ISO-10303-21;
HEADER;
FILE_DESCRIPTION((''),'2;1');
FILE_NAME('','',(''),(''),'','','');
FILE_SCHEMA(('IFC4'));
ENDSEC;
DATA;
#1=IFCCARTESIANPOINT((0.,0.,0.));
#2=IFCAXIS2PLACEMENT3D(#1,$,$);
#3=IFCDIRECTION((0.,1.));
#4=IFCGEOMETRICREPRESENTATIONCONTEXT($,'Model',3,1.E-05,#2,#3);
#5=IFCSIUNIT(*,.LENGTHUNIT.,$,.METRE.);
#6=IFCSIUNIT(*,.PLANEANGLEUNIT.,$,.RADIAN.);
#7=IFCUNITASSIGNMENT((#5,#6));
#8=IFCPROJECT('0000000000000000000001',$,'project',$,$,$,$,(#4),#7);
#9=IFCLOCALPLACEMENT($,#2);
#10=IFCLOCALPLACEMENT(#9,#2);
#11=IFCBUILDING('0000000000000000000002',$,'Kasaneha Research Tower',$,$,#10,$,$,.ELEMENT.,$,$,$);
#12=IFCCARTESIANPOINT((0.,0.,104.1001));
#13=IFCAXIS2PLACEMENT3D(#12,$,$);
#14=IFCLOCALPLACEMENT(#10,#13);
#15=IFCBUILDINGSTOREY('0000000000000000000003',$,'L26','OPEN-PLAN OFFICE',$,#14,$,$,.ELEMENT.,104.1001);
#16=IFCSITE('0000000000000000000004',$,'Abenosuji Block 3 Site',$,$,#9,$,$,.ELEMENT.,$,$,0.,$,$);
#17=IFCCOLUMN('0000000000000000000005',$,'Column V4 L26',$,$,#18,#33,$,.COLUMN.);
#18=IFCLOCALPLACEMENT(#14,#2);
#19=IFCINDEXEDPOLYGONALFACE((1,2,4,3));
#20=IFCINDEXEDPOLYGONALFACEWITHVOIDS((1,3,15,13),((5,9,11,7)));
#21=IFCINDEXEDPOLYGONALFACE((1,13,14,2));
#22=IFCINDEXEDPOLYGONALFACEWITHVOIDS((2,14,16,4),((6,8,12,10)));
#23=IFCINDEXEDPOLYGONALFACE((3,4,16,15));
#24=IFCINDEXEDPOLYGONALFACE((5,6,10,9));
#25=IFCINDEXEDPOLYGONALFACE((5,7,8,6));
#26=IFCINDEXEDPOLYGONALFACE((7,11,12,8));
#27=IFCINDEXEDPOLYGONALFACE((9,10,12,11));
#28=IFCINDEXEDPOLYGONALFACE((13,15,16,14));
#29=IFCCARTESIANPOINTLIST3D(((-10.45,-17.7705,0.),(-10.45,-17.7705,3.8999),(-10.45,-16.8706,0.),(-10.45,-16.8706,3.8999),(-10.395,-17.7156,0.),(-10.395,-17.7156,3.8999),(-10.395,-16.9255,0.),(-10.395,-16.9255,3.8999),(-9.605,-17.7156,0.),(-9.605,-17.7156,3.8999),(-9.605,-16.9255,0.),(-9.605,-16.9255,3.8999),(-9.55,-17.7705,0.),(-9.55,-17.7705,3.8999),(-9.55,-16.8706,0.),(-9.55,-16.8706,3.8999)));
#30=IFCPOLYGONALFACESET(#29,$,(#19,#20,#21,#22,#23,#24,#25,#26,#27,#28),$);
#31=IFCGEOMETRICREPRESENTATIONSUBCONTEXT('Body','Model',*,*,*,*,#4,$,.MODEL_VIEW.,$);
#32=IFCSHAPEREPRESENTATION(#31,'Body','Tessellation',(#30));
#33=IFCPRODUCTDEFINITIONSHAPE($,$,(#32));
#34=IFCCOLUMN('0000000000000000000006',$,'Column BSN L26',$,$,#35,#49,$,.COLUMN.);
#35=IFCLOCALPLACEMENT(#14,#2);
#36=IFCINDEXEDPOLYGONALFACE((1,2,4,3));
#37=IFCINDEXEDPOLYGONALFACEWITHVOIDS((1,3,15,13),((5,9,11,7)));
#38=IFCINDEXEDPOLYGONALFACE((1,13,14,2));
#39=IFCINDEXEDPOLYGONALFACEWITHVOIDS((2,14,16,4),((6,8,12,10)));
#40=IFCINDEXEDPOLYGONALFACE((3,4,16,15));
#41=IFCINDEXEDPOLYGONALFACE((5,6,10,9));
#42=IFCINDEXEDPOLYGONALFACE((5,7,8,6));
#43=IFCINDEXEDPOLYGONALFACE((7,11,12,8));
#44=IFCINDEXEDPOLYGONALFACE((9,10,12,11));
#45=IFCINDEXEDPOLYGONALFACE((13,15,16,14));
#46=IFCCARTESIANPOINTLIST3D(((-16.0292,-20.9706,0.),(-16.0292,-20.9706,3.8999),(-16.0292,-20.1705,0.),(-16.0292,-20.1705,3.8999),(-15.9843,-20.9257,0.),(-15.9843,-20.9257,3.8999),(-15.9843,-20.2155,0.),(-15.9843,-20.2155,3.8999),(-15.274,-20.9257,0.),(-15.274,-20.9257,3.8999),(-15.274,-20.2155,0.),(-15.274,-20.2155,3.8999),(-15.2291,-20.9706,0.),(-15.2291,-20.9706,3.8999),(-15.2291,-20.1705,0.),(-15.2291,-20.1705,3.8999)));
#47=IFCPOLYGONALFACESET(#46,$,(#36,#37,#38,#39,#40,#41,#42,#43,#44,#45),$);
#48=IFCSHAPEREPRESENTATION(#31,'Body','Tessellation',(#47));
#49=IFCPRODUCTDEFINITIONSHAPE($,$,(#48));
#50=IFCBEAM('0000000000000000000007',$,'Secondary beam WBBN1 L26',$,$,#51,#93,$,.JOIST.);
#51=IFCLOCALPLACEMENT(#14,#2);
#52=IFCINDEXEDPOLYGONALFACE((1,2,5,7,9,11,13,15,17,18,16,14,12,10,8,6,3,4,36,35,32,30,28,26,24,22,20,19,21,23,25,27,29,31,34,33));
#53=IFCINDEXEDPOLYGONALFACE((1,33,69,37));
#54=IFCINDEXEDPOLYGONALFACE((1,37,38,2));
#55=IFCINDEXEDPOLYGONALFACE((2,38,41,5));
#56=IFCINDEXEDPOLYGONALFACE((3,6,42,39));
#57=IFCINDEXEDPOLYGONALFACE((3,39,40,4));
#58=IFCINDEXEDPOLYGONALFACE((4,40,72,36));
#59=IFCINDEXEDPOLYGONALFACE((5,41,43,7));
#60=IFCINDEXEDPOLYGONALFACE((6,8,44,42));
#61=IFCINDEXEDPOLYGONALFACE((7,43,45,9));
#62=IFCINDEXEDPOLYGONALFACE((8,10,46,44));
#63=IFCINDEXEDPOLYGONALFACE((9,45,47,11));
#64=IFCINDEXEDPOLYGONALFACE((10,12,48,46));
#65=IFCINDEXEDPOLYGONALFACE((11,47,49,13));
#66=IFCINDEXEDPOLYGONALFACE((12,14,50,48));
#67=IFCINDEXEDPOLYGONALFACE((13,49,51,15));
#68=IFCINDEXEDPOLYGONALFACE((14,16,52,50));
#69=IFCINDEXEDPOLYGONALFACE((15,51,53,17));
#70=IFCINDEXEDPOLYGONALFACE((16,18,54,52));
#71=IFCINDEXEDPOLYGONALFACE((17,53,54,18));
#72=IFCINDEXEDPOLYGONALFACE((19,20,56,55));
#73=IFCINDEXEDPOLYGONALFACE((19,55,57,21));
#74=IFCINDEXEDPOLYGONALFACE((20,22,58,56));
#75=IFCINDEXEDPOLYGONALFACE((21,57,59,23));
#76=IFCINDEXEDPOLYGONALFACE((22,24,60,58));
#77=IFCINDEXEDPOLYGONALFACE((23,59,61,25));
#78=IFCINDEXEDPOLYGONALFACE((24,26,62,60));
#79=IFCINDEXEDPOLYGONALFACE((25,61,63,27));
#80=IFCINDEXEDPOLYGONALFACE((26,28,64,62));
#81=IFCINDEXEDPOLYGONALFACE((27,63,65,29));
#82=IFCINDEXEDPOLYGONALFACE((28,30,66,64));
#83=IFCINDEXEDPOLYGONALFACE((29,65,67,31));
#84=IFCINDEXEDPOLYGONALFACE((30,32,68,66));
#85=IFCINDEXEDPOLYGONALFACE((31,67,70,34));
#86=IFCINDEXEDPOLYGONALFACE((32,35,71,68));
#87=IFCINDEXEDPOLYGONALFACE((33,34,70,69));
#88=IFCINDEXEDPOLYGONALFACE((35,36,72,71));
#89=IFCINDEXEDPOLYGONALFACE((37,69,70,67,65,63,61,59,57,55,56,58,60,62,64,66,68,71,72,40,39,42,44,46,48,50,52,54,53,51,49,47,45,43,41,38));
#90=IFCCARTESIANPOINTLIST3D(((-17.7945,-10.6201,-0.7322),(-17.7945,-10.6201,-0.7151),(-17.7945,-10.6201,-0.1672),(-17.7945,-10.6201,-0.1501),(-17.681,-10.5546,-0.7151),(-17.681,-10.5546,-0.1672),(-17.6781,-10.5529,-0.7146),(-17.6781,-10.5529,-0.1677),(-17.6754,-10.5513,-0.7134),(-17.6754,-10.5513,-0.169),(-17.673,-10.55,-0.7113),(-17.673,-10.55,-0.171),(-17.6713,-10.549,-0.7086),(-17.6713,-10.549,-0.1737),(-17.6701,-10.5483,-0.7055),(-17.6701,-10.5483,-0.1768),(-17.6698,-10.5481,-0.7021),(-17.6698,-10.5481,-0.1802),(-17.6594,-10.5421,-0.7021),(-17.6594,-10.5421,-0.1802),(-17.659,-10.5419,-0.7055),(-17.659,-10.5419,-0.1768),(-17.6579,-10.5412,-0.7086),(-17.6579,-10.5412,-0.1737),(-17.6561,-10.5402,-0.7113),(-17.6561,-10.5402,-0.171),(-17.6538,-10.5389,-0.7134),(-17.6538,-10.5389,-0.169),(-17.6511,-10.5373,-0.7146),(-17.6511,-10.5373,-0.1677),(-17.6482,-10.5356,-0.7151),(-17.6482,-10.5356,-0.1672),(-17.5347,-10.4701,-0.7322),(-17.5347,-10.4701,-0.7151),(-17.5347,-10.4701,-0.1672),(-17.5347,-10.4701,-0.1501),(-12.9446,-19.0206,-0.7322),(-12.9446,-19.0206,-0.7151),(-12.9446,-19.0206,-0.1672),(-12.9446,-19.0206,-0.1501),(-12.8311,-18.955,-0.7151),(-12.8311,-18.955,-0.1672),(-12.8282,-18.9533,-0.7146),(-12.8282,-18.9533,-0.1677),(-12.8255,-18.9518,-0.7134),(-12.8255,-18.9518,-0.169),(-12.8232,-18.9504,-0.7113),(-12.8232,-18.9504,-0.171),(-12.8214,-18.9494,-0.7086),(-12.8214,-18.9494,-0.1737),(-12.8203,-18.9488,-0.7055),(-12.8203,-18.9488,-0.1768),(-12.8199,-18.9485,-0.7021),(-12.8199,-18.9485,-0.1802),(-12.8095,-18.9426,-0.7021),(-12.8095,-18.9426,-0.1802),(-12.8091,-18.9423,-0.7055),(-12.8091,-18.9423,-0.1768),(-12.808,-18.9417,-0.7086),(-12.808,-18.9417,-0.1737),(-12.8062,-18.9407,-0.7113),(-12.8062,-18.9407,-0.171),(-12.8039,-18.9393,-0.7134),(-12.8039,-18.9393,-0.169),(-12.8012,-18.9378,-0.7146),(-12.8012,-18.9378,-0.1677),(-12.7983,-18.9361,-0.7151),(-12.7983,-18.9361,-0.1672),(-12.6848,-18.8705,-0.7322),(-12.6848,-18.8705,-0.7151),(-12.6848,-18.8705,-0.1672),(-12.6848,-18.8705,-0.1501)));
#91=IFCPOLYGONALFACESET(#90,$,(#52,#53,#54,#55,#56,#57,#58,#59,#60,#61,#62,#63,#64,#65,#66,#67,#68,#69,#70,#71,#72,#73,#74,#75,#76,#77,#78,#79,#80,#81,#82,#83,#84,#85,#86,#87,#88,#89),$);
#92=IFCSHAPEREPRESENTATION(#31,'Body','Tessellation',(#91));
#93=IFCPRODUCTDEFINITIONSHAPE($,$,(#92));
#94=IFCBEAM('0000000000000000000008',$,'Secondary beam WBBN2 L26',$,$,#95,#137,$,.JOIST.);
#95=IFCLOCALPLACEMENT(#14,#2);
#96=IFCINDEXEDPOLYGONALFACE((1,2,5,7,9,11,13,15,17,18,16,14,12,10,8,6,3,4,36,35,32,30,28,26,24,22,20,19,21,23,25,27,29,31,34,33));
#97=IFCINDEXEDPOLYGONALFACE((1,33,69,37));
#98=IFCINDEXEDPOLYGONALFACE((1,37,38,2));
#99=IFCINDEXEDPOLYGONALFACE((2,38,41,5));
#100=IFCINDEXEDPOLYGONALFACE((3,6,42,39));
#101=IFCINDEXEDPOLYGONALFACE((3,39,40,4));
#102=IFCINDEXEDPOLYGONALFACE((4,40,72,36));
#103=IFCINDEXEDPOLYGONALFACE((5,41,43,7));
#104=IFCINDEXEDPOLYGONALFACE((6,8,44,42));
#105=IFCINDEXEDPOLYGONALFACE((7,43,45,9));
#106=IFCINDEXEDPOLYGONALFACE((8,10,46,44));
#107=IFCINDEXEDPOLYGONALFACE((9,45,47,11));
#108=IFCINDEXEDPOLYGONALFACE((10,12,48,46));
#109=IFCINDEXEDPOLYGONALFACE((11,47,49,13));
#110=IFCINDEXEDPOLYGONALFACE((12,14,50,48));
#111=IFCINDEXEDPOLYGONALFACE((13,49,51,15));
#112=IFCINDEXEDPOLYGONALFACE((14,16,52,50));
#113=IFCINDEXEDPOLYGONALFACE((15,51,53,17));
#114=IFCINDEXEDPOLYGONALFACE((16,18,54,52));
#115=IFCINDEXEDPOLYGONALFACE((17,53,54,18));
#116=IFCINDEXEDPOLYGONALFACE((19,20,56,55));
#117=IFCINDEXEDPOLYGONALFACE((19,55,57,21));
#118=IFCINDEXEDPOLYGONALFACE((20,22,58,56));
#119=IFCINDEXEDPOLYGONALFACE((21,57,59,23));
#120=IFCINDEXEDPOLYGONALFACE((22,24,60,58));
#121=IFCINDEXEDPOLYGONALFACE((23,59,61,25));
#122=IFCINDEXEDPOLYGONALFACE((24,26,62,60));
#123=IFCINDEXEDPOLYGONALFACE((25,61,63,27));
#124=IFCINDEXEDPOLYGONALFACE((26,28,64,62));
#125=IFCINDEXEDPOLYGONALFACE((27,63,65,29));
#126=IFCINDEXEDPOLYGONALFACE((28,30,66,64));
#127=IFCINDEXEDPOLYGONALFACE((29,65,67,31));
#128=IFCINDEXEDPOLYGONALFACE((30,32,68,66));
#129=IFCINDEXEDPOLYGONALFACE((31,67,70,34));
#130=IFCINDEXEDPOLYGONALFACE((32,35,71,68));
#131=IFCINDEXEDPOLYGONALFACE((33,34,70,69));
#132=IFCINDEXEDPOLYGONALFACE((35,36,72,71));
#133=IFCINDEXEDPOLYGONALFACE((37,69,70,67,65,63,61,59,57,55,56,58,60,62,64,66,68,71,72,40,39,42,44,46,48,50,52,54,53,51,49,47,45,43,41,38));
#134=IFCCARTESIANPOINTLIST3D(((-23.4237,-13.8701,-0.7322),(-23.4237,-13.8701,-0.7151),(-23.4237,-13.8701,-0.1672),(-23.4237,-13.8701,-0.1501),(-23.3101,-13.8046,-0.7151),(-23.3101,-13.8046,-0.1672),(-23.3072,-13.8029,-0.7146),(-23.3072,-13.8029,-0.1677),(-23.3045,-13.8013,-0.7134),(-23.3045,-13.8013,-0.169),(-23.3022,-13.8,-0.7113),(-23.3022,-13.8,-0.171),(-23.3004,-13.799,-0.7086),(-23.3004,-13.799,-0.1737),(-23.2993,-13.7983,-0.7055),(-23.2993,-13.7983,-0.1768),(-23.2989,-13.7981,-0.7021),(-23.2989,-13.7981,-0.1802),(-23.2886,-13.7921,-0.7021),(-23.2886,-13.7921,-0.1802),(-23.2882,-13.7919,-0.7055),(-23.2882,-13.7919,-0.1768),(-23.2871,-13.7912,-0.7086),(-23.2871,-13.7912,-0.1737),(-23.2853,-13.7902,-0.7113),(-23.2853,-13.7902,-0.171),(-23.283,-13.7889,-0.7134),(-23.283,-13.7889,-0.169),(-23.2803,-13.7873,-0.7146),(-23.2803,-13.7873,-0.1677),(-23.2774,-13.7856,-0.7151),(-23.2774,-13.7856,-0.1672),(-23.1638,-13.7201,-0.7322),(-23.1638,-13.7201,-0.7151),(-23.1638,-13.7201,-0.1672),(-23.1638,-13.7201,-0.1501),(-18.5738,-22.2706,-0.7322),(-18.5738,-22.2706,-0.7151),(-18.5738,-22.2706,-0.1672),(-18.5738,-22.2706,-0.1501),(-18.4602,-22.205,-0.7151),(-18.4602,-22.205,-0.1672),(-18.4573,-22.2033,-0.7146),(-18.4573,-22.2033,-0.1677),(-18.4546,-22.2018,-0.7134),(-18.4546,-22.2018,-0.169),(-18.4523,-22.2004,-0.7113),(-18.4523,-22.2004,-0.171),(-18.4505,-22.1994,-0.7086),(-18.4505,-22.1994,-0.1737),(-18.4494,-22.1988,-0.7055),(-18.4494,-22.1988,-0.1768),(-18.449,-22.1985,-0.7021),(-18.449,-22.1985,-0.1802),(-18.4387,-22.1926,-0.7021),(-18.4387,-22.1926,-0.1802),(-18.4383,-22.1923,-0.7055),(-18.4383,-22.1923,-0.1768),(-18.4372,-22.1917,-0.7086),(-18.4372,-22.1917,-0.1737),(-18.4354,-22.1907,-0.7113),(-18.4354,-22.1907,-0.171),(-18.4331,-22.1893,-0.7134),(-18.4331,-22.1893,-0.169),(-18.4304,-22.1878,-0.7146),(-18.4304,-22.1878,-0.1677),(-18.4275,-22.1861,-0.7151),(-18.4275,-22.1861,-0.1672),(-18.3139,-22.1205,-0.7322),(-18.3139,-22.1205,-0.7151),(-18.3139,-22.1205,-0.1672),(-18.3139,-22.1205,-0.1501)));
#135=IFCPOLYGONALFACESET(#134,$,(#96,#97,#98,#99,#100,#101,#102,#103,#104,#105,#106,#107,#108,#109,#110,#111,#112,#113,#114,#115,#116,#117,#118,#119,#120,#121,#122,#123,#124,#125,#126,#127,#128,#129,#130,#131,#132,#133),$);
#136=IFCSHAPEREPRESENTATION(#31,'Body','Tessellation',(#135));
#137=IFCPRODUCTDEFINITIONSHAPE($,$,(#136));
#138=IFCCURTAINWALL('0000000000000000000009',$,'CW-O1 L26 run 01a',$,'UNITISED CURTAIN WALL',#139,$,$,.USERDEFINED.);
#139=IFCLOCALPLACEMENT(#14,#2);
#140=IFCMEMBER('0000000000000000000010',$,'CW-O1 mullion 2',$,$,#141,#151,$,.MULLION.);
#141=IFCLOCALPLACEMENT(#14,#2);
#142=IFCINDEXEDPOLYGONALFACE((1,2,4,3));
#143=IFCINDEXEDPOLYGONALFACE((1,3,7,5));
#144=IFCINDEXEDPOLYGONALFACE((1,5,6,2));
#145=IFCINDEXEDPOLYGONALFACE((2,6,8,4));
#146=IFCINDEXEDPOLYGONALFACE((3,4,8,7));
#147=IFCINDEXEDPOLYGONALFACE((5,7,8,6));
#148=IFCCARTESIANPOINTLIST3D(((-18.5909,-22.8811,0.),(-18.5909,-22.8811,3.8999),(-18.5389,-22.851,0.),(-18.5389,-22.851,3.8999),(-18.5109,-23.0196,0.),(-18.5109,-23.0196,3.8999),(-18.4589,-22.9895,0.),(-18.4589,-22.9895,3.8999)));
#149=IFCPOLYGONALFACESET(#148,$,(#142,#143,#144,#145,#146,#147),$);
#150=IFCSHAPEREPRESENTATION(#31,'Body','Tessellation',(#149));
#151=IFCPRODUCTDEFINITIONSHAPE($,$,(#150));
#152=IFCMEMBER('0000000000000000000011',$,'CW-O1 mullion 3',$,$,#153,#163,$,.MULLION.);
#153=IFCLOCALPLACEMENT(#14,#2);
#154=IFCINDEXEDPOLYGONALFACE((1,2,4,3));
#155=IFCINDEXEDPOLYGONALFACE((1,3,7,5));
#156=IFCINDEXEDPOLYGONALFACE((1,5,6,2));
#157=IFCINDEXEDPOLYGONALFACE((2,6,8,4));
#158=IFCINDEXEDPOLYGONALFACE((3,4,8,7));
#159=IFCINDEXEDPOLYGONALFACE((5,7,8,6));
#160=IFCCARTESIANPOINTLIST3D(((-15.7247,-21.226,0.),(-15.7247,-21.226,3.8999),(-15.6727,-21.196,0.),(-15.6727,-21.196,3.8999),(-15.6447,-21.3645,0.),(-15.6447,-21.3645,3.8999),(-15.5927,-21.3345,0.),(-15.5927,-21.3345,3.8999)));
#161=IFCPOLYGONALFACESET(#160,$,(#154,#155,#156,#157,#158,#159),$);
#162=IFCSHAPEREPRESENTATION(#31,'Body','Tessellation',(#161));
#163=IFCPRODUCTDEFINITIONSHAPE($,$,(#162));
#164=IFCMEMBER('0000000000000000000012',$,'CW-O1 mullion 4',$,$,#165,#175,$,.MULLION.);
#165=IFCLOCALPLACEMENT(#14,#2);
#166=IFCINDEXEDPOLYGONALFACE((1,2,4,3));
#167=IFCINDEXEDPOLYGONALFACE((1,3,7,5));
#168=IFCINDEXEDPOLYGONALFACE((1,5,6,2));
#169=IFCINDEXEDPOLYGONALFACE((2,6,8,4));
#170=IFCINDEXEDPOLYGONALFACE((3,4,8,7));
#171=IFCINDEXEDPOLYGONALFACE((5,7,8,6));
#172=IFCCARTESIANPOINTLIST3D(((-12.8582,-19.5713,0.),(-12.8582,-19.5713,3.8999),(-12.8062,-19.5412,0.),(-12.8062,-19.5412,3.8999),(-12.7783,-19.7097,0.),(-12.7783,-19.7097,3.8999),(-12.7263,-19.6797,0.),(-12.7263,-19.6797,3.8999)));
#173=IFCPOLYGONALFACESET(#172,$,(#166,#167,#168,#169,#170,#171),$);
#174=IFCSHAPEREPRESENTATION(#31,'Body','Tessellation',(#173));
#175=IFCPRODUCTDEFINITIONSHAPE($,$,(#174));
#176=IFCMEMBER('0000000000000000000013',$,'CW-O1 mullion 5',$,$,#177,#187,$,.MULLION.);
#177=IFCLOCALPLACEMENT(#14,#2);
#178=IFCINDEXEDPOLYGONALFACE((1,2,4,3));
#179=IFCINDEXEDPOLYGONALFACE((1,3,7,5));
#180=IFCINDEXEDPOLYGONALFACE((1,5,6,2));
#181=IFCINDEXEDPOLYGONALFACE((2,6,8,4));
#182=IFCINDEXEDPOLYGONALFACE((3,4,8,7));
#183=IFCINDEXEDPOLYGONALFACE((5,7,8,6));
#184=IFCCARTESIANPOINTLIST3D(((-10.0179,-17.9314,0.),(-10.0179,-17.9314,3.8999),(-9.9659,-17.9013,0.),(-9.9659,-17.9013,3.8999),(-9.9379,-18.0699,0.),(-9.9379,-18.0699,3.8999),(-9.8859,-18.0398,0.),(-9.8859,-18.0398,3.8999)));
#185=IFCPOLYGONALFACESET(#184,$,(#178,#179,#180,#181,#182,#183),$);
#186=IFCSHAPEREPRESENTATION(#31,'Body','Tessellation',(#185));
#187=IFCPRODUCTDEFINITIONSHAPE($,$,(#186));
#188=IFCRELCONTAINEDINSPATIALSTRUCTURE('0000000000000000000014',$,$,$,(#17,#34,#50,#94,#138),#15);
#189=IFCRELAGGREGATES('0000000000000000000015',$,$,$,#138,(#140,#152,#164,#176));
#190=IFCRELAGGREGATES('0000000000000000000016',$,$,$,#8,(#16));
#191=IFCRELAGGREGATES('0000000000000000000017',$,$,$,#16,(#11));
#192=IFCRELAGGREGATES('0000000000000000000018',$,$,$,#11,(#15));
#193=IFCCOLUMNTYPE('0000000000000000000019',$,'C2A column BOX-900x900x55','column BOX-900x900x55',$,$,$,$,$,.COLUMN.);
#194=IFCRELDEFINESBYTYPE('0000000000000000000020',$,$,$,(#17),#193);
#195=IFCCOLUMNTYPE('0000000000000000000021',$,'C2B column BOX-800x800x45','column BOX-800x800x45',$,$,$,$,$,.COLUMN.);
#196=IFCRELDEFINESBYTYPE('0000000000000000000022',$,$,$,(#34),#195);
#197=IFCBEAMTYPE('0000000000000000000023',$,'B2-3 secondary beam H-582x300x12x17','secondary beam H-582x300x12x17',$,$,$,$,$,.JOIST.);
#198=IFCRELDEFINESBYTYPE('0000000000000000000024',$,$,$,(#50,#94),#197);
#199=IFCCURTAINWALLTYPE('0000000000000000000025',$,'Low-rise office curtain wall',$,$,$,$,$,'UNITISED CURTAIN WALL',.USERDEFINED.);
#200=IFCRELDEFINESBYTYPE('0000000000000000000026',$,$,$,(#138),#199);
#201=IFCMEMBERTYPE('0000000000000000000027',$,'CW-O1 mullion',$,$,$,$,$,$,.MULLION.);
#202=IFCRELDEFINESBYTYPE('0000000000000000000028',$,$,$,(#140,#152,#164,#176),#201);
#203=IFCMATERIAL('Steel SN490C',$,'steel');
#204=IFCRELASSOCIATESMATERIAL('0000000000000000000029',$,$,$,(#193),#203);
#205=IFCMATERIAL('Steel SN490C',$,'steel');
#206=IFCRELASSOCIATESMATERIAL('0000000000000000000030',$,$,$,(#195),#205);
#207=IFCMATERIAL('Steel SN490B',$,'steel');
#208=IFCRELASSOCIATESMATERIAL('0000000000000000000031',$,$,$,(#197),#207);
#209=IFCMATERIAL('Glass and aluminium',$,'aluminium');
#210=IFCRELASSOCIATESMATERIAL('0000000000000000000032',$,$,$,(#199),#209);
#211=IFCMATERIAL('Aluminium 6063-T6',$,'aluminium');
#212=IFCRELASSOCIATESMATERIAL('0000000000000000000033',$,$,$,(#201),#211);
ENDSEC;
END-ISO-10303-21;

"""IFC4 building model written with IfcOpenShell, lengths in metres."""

from ifc_helpers import new_model, si_unit, direction, frame, origin, origin_2d, place, context, subcontext, project, spatial, rectangle, hollow_rectangle, i_section, extrude, material, material_profile, profile_set, type_object, element, aggregate, save


model = new_model("IFC4")

# Units and contexts
model_context = context("Model", 3, precision=1e-05, world=origin(), true_north=direction((0.0, 1.0)))
body_context = subcontext(model_context, "Body", "Model", "MODEL_VIEW")
ifc_project = project(units=[si_unit("LENGTHUNIT", "METRE"), si_unit("PLANEANGLEUNIT", "RADIAN")], contexts=[model_context])

# Site, building, storey
site_placement = place(None, origin())
site = spatial("IfcSite", under=ifc_project, at=site_placement, Name="Abenosuji Block 3 Site", CompositionType="ELEMENT", RefElevation=0.0)
building_placement = place(site_placement, origin())
building = spatial("IfcBuilding", under=site, at=building_placement, Name="Kasaneha Research Tower", CompositionType="ELEMENT")
storey_placement = place(building_placement, frame((0.0, 0.0, 104.1001)))
storey = spatial("IfcBuildingStorey", under=building, at=storey_placement, Name="L26", Description="OPEN-PLAN OFFICE", CompositionType="ELEMENT", Elevation=104.1001)

# Columns
ifc_material_1 = material(Name="Steel SN490C", Category="steel")
ifc_material_profile_1 = material_profile(ifc_material_1, hollow_rectangle(XDim=0.8999, YDim=0.8999, WallThickness=0.0549, at=origin_2d()), Name="BOX-900x900x55")
ifc_profile_set_1 = profile_set([ifc_material_profile_1], Name="Steel SN490C")
column_type_1 = type_object("IfcColumnType", Name="C2A column BOX-900x900x55", Description="column BOX-900x900x55", PredefinedType="COLUMN", material=ifc_profile_set_1)
column_1_placement = place(storey_placement, frame((-10.0, -17.3206, 0.0), z_axis=(0.0, 0.0, 1.0), x_axis=(1.0, 0.0, 0.0)))
element("IfcColumn", 1, at=column_1_placement, inside=storey, type_object=column_type_1, Name="Column V4 L26", PredefinedType="COLUMN", context=body_context, shape_type="SweptSolid", body=[
    extrude(hollow_rectangle(XDim=0.8999, YDim=0.8999, WallThickness=0.0549, at=origin_2d()), origin(), (0.0, 0.0, 1.0), 3.8999),
])
ifc_material_2 = material(Name="Steel SN490C", Category="steel")
ifc_material_profile_2 = material_profile(ifc_material_2, hollow_rectangle(XDim=0.8, YDim=0.8, WallThickness=0.0449, at=origin_2d()), Name="BOX-800x800x45")
ifc_profile_set_2 = profile_set([ifc_material_profile_2], Name="Steel SN490C")
column_type_2 = type_object("IfcColumnType", Name="C2B column BOX-800x800x45", Description="column BOX-800x800x45", PredefinedType="COLUMN", material=ifc_profile_set_2)
column_2_placement = place(storey_placement, frame((-15.6292, -20.5706, 0.0), z_axis=(0.0, 0.0, 1.0), x_axis=(1.0, 0.0, 0.0)))
element("IfcColumn", 2, at=column_2_placement, inside=storey, type_object=column_type_2, Name="Column BSN L26", PredefinedType="COLUMN", context=body_context, shape_type="SweptSolid", body=[
    extrude(hollow_rectangle(XDim=0.8, YDim=0.8, WallThickness=0.0449, at=origin_2d()), origin(), (0.0, 0.0, 1.0), 3.8999),
])

# Beams
ifc_material_3 = material(Name="Steel SN490B", Category="steel")
ifc_material_profile_3 = material_profile(ifc_material_3, i_section(OverallWidth=0.3, OverallDepth=0.582, WebThickness=0.012, FlangeThickness=0.0171, FilletRadius=0.0129, at=origin_2d()), Name="H-582x300x12x17")
ifc_profile_set_3 = profile_set([ifc_material_profile_3], Name="Steel SN490B")
beam_type_1 = type_object("IfcBeamType", Name="B2-3 secondary beam H-582x300x12x17", Description="secondary beam H-582x300x12x17", PredefinedType="JOIST", material=ifc_profile_set_3)
for number, where, z_axis, x_axis, name in (
    (3, (-12.8147, -18.9456, -0.4412), (-0.499991, 0.866031, 0.0), (-0.866031, -0.499991, 0.0), "Secondary beam WBBN1 L26"),
    (4, (-18.4438, -22.1956, -0.4412), (-0.499991, 0.866031, 0.0), (-0.866031, -0.499991, 0.0), "Secondary beam WBBN2 L26"),
):
    element("IfcBeam", number, at=place(storey_placement, frame(where, z_axis=z_axis, x_axis=x_axis)), inside=storey, type_object=beam_type_1, Name=name, PredefinedType="JOIST", context=body_context, shape_type="SweptSolid", body=[
        extrude(i_section(OverallWidth=0.3, OverallDepth=0.582, WebThickness=0.012, FlangeThickness=0.0171, FilletRadius=0.0129, at=origin_2d()), origin(), (0.0, 0.0, 1.0), 9.7),
    ])

# Curtain wall, members
ifc_material_4 = material(Name="Glass and aluminium", Category="aluminium")
curtain_wall_type = type_object("IfcCurtainWallType", Name="Low-rise office curtain wall", ElementType="UNITISED CURTAIN WALL", PredefinedType="USERDEFINED", material=ifc_material_4)
curtain_wall_1_placement = place(storey_placement, origin())
curtain_wall_1 = element("IfcCurtainWall", 5, at=curtain_wall_1_placement, inside=storey, type_object=curtain_wall_type, Name="CW-O1 L26 run 01a", ObjectType="UNITISED CURTAIN WALL", PredefinedType="USERDEFINED")
ifc_material_5 = material(Name="Aluminium 6063-T6", Category="aluminium")
ifc_material_profile_4 = material_profile(ifc_material_5, rectangle(XDim=0.0601, YDim=0.1599, at=origin_2d()), Name="CW-O1 mullion 60x160")
ifc_profile_set_4 = profile_set([ifc_material_profile_4], Name="Aluminium 6063-T6")
member_type_1 = type_object("IfcMemberType", Name="CW-O1 mullion", PredefinedType="MULLION", material=ifc_profile_set_4)
member_1_placement = place(storey_placement, frame((-18.5249, -22.9353, 0.0), z_axis=(0.0, 0.0, 1.0), x_axis=(0.866025, 0.5, 0.0)))
member_1 = element("IfcMember", 6, at=member_1_placement, type_object=member_type_1, Name="CW-O1 mullion 2", PredefinedType="MULLION", context=body_context, shape_type="SweptSolid", body=[
    extrude(rectangle(XDim=0.0601, YDim=0.1599, at=origin_2d()), origin(), (0.0, 0.0, 1.0), 3.8999),
])
member_2_placement = place(storey_placement, frame((-15.6587, -21.2803, 0.0), z_axis=(0.0, 0.0, 1.0), x_axis=(0.866025, 0.5, 0.0)))
member_2 = element("IfcMember", 7, at=member_2_placement, type_object=member_type_1, Name="CW-O1 mullion 3", PredefinedType="MULLION", context=body_context, shape_type="SweptSolid", body=[
    extrude(rectangle(XDim=0.0601, YDim=0.1599, at=origin_2d()), origin(), (0.0, 0.0, 1.0), 3.8999),
])
member_3_placement = place(storey_placement, frame((-12.7922, -19.6255, 0.0), z_axis=(0.0, 0.0, 1.0), x_axis=(0.866025, 0.5, 0.0)))
member_3 = element("IfcMember", 8, at=member_3_placement, type_object=member_type_1, Name="CW-O1 mullion 4", PredefinedType="MULLION", context=body_context, shape_type="SweptSolid", body=[
    extrude(rectangle(XDim=0.0601, YDim=0.1599, at=origin_2d()), origin(), (0.0, 0.0, 1.0), 3.8999),
])
member_4_placement = place(storey_placement, frame((-9.9519, -17.9856, 0.0), z_axis=(0.0, 0.0, 1.0), x_axis=(0.866025, 0.5, 0.0)))
member_4 = element("IfcMember", 9, at=member_4_placement, type_object=member_type_1, Name="CW-O1 mullion 5", PredefinedType="MULLION", context=body_context, shape_type="SweptSolid", body=[
    extrude(rectangle(XDim=0.0601, YDim=0.1599, at=origin_2d()), origin(), (0.0, 0.0, 1.0), 3.8999),
])

aggregate(curtain_wall_1, [member_1, member_2, member_3, member_4])

save(model, "model.ifc")
